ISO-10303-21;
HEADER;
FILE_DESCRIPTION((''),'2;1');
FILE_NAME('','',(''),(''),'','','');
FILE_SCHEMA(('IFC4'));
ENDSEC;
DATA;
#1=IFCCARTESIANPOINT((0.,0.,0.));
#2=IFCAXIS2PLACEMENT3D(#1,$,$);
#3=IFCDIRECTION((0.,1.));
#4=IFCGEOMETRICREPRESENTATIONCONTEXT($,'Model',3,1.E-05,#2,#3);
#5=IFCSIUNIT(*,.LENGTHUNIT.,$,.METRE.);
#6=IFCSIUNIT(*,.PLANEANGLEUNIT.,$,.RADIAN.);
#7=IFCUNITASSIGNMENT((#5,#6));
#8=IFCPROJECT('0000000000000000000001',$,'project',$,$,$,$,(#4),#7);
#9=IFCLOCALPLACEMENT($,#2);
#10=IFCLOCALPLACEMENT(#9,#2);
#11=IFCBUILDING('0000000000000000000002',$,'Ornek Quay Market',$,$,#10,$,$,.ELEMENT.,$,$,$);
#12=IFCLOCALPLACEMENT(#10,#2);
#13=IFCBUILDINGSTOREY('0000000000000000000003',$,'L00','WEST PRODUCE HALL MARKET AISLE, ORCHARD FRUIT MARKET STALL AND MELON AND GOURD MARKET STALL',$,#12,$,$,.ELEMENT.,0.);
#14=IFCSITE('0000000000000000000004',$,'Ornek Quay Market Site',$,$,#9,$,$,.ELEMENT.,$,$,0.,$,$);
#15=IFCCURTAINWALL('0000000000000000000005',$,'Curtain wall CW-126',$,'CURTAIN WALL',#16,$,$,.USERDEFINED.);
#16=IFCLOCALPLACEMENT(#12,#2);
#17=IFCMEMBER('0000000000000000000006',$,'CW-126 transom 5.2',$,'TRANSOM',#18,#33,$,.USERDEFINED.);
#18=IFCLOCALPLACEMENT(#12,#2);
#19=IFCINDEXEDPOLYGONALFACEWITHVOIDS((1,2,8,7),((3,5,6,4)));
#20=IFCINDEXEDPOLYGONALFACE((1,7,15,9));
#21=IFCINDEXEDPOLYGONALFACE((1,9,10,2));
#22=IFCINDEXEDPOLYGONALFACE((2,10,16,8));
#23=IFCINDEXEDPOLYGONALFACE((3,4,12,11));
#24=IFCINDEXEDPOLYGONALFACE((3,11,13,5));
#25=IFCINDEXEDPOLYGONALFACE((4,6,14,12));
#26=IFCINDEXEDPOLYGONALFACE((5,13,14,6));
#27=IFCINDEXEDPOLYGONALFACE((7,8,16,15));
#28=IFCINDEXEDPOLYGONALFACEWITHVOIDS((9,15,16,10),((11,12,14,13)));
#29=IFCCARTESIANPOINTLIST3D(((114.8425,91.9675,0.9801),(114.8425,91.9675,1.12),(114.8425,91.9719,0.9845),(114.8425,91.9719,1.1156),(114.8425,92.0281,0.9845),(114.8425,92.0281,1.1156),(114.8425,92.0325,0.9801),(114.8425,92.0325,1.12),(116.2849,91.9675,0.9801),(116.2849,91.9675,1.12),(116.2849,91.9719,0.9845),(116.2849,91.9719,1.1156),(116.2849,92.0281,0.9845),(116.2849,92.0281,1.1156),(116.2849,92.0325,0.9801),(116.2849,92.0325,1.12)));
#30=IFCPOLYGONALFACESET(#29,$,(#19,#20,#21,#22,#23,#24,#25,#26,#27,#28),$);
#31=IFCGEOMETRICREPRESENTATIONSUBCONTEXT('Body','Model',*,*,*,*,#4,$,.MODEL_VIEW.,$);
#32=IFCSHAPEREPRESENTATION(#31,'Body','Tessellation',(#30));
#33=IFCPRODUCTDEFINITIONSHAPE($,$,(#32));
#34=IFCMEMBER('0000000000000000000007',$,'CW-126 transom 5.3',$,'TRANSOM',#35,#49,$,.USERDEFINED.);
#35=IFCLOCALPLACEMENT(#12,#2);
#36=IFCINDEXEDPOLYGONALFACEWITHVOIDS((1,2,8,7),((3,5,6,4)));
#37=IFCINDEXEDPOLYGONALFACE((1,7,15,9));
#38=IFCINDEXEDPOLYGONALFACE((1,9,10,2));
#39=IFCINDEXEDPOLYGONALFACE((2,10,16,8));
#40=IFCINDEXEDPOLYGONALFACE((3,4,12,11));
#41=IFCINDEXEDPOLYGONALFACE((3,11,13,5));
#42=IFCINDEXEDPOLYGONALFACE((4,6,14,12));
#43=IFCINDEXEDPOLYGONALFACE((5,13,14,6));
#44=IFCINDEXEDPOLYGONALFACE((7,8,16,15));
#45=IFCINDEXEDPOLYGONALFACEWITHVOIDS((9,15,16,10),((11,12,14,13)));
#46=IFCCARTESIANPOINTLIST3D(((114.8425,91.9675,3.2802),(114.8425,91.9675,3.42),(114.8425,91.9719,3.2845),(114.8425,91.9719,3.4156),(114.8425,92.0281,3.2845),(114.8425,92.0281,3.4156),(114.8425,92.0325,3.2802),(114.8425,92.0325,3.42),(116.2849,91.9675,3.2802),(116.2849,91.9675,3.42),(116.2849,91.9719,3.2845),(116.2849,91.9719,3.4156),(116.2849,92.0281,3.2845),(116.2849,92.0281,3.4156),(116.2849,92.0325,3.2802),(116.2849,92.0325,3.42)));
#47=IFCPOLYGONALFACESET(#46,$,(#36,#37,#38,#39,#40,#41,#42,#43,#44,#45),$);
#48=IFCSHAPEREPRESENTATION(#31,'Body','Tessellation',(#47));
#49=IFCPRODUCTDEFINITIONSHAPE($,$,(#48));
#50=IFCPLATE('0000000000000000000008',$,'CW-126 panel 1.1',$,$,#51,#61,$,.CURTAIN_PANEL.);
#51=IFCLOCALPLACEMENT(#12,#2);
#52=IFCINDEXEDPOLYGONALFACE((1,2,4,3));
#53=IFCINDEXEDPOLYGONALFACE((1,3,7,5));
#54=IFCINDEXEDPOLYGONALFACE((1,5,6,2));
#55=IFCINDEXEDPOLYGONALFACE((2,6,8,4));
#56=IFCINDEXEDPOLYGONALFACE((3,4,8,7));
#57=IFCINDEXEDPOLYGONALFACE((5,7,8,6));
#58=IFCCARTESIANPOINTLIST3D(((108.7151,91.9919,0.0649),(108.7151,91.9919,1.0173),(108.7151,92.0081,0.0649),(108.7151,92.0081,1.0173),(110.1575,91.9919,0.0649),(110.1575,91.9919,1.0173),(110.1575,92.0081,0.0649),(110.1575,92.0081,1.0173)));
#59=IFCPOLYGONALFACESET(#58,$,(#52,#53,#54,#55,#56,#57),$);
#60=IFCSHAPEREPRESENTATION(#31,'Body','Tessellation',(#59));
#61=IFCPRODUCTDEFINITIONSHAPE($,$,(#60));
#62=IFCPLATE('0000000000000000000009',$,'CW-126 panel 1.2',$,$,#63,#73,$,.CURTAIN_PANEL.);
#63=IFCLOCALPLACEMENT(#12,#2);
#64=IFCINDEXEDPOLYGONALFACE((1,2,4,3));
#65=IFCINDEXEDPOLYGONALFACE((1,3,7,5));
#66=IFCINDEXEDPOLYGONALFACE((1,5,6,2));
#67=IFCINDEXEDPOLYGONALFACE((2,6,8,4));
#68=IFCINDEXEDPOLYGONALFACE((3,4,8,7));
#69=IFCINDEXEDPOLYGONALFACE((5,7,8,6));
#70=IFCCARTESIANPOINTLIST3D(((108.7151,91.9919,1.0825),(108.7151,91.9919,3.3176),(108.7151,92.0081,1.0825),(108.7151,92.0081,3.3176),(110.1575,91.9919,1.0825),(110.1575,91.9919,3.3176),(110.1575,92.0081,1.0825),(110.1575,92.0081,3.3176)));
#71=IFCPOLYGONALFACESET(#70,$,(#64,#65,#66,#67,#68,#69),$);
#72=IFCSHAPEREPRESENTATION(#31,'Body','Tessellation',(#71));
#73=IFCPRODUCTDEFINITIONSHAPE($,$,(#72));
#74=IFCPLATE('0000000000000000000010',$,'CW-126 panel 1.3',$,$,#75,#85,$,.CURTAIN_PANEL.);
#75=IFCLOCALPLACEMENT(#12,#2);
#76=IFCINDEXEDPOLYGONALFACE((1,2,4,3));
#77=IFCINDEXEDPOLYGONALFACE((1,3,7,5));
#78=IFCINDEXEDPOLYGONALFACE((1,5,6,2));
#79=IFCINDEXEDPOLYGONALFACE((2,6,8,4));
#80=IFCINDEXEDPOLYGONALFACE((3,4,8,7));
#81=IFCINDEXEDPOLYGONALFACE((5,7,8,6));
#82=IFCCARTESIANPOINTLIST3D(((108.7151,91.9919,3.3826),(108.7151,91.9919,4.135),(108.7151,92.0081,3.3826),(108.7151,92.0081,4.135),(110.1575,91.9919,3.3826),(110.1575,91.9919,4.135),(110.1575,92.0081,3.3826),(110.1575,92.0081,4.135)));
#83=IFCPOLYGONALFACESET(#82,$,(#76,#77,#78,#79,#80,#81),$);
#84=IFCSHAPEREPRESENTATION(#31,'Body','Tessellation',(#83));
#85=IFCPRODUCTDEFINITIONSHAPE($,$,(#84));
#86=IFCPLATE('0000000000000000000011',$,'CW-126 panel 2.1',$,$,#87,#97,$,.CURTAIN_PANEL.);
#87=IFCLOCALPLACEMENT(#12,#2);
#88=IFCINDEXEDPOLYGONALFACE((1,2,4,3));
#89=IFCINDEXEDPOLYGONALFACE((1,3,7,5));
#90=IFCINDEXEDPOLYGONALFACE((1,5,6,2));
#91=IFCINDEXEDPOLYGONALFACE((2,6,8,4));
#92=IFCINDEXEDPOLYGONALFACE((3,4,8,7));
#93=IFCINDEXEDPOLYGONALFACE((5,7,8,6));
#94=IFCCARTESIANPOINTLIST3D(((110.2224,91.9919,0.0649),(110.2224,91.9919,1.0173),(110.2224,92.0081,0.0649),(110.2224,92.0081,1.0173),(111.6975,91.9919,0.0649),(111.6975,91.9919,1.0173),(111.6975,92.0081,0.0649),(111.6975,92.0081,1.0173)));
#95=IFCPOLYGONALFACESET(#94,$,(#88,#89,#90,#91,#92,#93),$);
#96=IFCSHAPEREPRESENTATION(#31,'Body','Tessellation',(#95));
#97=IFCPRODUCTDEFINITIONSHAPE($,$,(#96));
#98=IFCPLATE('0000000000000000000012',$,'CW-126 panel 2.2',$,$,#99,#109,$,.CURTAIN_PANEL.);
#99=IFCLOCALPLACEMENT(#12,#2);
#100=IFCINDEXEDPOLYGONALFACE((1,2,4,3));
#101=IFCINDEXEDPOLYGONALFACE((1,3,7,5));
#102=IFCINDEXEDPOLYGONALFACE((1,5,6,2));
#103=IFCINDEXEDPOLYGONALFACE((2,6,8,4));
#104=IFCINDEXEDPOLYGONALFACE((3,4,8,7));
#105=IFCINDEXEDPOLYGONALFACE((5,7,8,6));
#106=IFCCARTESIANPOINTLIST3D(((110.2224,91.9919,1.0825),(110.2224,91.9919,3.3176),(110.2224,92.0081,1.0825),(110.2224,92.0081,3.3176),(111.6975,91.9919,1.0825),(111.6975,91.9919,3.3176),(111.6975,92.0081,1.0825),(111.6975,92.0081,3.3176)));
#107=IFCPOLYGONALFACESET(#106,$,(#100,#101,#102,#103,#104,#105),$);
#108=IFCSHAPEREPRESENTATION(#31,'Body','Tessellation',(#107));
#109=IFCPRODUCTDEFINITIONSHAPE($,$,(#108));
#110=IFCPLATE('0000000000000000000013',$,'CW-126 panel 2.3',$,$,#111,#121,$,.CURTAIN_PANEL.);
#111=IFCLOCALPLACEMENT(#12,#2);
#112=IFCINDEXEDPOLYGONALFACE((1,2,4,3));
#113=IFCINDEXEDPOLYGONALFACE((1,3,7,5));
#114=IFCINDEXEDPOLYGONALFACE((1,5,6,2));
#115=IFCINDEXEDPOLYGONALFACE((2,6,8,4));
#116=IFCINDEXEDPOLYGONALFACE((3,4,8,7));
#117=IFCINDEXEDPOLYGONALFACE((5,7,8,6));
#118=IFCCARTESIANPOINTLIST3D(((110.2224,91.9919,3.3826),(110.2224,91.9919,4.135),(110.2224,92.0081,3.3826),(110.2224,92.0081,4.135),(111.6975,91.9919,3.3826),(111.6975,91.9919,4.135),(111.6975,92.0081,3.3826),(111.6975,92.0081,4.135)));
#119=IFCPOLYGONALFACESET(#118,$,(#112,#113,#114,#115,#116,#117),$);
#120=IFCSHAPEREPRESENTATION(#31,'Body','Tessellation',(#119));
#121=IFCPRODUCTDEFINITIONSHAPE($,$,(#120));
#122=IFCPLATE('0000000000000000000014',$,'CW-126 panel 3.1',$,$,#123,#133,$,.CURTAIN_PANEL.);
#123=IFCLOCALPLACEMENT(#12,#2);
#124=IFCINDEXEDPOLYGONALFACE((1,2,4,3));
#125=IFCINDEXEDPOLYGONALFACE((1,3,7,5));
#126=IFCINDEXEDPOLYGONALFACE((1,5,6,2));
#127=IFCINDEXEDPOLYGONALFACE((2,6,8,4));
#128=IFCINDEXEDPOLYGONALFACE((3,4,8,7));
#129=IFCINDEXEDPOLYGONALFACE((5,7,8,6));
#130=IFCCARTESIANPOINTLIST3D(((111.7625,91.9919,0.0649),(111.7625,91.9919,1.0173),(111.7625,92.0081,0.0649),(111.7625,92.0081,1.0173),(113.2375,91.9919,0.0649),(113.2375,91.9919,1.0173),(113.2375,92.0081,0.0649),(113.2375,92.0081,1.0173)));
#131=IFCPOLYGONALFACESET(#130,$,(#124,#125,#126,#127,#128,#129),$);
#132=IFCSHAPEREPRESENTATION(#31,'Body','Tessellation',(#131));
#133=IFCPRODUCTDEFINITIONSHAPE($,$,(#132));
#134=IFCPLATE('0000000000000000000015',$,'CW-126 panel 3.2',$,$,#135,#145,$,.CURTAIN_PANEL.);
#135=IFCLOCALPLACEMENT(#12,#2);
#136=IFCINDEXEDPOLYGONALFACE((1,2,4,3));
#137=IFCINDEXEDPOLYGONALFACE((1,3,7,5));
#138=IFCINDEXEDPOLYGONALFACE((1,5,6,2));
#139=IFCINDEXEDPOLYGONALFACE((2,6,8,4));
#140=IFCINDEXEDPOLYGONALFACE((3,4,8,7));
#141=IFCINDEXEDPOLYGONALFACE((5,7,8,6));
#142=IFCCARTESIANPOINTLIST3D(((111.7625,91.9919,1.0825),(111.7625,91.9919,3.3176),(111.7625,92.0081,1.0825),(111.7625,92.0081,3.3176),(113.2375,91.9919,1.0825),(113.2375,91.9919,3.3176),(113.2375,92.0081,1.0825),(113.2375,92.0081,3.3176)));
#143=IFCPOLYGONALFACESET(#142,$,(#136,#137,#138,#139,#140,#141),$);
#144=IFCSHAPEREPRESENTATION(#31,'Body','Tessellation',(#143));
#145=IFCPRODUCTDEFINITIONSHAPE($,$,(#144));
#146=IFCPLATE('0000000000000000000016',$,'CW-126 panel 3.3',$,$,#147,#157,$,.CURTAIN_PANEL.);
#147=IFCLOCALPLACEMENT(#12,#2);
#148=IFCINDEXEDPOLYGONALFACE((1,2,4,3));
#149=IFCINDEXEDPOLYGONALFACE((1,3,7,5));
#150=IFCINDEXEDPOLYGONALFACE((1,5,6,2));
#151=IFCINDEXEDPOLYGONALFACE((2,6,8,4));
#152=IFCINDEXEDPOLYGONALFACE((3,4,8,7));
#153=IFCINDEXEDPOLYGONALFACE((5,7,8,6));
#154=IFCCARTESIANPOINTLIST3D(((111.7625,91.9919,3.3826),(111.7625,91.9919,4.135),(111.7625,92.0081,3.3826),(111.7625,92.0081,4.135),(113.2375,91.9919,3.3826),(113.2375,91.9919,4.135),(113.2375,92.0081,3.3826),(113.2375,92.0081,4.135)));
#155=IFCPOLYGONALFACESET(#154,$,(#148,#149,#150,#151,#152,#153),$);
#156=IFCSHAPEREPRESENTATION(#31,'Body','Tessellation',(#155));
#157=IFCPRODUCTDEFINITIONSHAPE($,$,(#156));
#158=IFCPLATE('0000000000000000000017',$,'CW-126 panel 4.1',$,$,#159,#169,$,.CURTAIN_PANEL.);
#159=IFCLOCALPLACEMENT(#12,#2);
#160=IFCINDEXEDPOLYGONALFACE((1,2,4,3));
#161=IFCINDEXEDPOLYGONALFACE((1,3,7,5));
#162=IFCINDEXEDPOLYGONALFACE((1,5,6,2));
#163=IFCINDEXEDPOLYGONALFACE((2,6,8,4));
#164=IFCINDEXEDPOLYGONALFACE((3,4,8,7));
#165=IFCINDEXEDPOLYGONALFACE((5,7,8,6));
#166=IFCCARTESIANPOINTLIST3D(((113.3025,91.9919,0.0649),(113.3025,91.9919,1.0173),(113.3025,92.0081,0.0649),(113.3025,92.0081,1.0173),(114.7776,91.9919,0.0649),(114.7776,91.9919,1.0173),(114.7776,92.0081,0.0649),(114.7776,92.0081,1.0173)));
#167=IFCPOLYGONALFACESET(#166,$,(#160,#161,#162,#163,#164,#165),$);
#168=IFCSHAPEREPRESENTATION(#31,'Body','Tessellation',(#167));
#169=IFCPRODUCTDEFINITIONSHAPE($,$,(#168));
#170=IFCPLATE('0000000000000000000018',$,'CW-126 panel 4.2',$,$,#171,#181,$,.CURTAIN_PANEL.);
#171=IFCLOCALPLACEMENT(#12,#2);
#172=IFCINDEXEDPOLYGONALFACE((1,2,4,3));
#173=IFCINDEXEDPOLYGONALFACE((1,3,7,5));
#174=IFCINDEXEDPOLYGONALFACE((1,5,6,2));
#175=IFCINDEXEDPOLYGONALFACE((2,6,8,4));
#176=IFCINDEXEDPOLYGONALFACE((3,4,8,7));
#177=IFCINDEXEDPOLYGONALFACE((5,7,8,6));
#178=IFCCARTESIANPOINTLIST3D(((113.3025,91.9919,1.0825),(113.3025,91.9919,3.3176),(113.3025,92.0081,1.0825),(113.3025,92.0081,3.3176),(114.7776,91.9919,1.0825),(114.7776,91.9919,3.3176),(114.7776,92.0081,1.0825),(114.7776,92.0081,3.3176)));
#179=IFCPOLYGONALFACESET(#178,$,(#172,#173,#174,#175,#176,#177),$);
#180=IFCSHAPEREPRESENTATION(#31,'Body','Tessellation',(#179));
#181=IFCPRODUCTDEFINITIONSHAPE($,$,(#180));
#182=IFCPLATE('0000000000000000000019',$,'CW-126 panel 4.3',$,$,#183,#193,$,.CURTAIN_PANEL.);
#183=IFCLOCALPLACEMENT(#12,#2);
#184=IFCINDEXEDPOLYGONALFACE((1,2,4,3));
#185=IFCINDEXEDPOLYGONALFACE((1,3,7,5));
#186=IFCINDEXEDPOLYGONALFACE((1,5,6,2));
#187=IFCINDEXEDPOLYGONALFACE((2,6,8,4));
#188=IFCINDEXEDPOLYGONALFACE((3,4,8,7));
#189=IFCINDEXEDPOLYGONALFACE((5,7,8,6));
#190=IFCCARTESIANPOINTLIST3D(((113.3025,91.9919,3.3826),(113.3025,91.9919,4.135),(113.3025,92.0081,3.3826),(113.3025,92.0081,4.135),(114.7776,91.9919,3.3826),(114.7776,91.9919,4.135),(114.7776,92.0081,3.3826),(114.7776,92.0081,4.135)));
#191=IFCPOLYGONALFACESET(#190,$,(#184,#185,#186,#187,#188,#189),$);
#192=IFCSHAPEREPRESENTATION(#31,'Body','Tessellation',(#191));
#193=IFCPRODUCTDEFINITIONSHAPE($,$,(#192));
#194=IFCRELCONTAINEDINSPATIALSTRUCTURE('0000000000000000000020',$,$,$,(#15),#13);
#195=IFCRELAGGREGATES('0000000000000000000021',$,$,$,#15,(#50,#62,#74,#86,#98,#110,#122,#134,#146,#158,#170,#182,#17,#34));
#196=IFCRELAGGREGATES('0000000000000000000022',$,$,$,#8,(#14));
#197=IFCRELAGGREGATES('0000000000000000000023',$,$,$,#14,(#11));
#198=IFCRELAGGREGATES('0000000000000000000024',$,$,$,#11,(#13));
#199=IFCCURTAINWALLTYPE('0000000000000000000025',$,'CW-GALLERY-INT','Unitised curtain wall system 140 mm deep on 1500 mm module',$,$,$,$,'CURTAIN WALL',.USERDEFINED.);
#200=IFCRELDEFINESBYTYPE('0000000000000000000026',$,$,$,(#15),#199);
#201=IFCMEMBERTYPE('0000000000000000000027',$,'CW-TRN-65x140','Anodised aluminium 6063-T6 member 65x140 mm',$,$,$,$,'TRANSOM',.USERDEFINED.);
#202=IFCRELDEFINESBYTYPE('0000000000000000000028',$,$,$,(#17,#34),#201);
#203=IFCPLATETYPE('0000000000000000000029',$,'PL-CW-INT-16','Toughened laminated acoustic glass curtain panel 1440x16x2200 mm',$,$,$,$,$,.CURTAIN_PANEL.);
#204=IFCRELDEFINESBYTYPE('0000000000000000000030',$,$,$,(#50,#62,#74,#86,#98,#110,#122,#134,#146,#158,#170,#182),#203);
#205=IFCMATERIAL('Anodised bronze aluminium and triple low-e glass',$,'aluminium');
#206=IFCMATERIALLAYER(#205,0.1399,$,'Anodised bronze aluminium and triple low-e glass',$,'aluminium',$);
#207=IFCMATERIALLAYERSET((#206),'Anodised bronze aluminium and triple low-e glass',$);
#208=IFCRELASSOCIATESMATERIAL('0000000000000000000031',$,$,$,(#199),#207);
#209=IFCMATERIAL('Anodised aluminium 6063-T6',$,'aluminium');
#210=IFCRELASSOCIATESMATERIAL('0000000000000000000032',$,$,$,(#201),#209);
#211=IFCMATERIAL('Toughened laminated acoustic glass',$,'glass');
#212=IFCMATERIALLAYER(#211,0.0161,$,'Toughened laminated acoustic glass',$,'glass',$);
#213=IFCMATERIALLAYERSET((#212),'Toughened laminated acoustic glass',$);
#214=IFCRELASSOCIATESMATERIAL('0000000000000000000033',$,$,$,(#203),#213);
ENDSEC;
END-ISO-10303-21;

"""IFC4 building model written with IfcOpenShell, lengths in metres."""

from ifc_helpers import new_model, si_unit, direction, frame, origin, origin_2d, place, context, subcontext, project, spatial, rectangle, hollow_rectangle, extrude, material, layer, layer_set, material_profile, profile_set, type_object, element, aggregate, save


model = new_model("IFC4")

# Units and contexts
model_context = context("Model", 3, precision=1e-05, world=origin(), true_north=direction((0.0, 1.0)))
body_context = subcontext(model_context, "Body", "Model", "MODEL_VIEW")
ifc_project = project(units=[si_unit("LENGTHUNIT", "METRE"), si_unit("PLANEANGLEUNIT", "RADIAN")], contexts=[model_context])

# Site, building, storey
site_placement = place(None, origin())
site = spatial("IfcSite", under=ifc_project, at=site_placement, Name="Ornek Quay Market Site", CompositionType="ELEMENT", RefElevation=0.0)
building_placement = place(site_placement, origin())
building = spatial("IfcBuilding", under=site, at=building_placement, Name="Ornek Quay Market", CompositionType="ELEMENT")
storey_placement = place(building_placement, origin())
storey = spatial("IfcBuildingStorey", under=building, at=storey_placement, Name="L00", Description="WEST PRODUCE HALL MARKET AISLE, ORCHARD FRUIT MARKET STALL AND MELON AND GOURD MARKET STALL", CompositionType="ELEMENT", Elevation=0.0)

# Curtain wall, members, plates
ifc_material_1 = material(Name="Anodised bronze aluminium and triple low-e glass", Category="aluminium")
ifc_layer_1 = layer(ifc_material_1, 0.1399, Name="Anodised bronze aluminium and triple low-e glass", Category="aluminium")
ifc_layer_set_1 = layer_set([ifc_layer_1], Name="Anodised bronze aluminium and triple low-e glass")
curtain_wall_type = type_object("IfcCurtainWallType", Name="CW-GALLERY-INT", Description="Unitised curtain wall system 140 mm deep on 1500 mm module", ElementType="CURTAIN WALL", PredefinedType="USERDEFINED", material=ifc_layer_set_1)
curtain_wall_placement = place(storey_placement, origin())
curtain_wall = element("IfcCurtainWall", 1, at=curtain_wall_placement, inside=storey, type_object=curtain_wall_type, Name="Curtain wall CW-126", ObjectType="CURTAIN WALL", PredefinedType="USERDEFINED")
ifc_material_2 = material(Name="Anodised aluminium 6063-T6", Category="aluminium")
ifc_material_profile_1 = material_profile(ifc_material_2, hollow_rectangle(XDim=0.0649, YDim=0.1399, WallThickness=0.0044, at=origin_2d()), Name="CW-TRN-65x140", Category="aluminium")
ifc_profile_set_1 = profile_set([ifc_material_profile_1], Name="Anodised aluminium 6063-T6")
member_type_1 = type_object("IfcMemberType", Name="CW-TRN-65x140", Description="Anodised aluminium 6063-T6 member 65x140 mm", ElementType="TRANSOM", PredefinedType="USERDEFINED", material=ifc_profile_set_1)
member_1_placement = place(storey_placement, frame((114.8425, 92.0, 1.05), z_axis=(1.0, 0.0, 0.0), x_axis=(0.0, 1.0, 0.0)))
member_1 = element("IfcMember", 2, at=member_1_placement, type_object=member_type_1, Name="CW-126 transom 5.2", ObjectType="TRANSOM", PredefinedType="USERDEFINED", context=body_context, shape_type="SweptSolid", body=[
    extrude(hollow_rectangle(XDim=0.0649, YDim=0.1399, WallThickness=0.0044, at=origin_2d()), origin(), (0.0, 0.0, 1.0), 1.4424),
])
member_2_placement = place(storey_placement, frame((114.8425, 92.0, 3.3501), z_axis=(1.0, 0.0, 0.0), x_axis=(0.0, 1.0, 0.0)))
member_2 = element("IfcMember", 3, at=member_2_placement, type_object=member_type_1, Name="CW-126 transom 5.3", ObjectType="TRANSOM", PredefinedType="USERDEFINED", context=body_context, shape_type="SweptSolid", body=[
    extrude(hollow_rectangle(XDim=0.0649, YDim=0.1399, WallThickness=0.0044, at=origin_2d()), origin(), (0.0, 0.0, 1.0), 1.4424),
])
ifc_material_3 = material(Name="Toughened laminated acoustic glass", Category="glass")
ifc_layer_2 = layer(ifc_material_3, 0.0161, Name="Toughened laminated acoustic glass", Category="glass")
ifc_layer_set_2 = layer_set([ifc_layer_2], Name="Toughened laminated acoustic glass")
plate_type = type_object("IfcPlateType", Name="PL-CW-INT-16", Description="Toughened laminated acoustic glass curtain panel 1440x16x2200 mm", PredefinedType="CURTAIN_PANEL", material=ifc_layer_set_2)
plate_1_placement = place(storey_placement, frame((109.4363, 92.0, 0.0649), z_axis=(0.0, 0.0, 1.0), x_axis=(1.0, 0.0, 0.0)))
plate_1 = element("IfcPlate", 4, at=plate_1_placement, type_object=plate_type, Name="CW-126 panel 1.1", PredefinedType="CURTAIN_PANEL", context=body_context, shape_type="SweptSolid", body=[
    extrude(rectangle(XDim=1.4424, YDim=0.0161, at=origin_2d()), origin(), (0.0, 0.0, 1.0), 0.9524),
])
plate_2_placement = place(storey_placement, frame((109.4363, 92.0, 1.0825), z_axis=(0.0, 0.0, 1.0), x_axis=(1.0, 0.0, 0.0)))
plate_2 = element("IfcPlate", 5, at=plate_2_placement, type_object=plate_type, Name="CW-126 panel 1.2", PredefinedType="CURTAIN_PANEL", context=body_context, shape_type="SweptSolid", body=[
    extrude(rectangle(XDim=1.4424, YDim=0.0161, at=origin_2d()), origin(), (0.0, 0.0, 1.0), 2.2351),
])
plate_3_placement = place(storey_placement, frame((109.4363, 92.0, 3.3826), z_axis=(0.0, 0.0, 1.0), x_axis=(1.0, 0.0, 0.0)))
plate_3 = element("IfcPlate", 6, at=plate_3_placement, type_object=plate_type, Name="CW-126 panel 1.3", PredefinedType="CURTAIN_PANEL", context=body_context, shape_type="SweptSolid", body=[
    extrude(rectangle(XDim=1.4424, YDim=0.0161, at=origin_2d()), origin(), (0.0, 0.0, 1.0), 0.7524),
])
plate_4_placement = place(storey_placement, frame((110.96, 92.0, 0.0649), z_axis=(0.0, 0.0, 1.0), x_axis=(1.0, 0.0, 0.0)))
plate_4 = element("IfcPlate", 7, at=plate_4_placement, type_object=plate_type, Name="CW-126 panel 2.1", PredefinedType="CURTAIN_PANEL", context=body_context, shape_type="SweptSolid", body=[
    extrude(rectangle(XDim=1.4751, YDim=0.0161, at=origin_2d()), origin(), (0.0, 0.0, 1.0), 0.9524),
])
plate_5_placement = place(storey_placement, frame((110.96, 92.0, 1.0825), z_axis=(0.0, 0.0, 1.0), x_axis=(1.0, 0.0, 0.0)))
plate_5 = element("IfcPlate", 8, at=plate_5_placement, type_object=plate_type, Name="CW-126 panel 2.2", PredefinedType="CURTAIN_PANEL", context=body_context, shape_type="SweptSolid", body=[
    extrude(rectangle(XDim=1.4751, YDim=0.0161, at=origin_2d()), origin(), (0.0, 0.0, 1.0), 2.2351),
])
plate_6_placement = place(storey_placement, frame((110.96, 92.0, 3.3826), z_axis=(0.0, 0.0, 1.0), x_axis=(1.0, 0.0, 0.0)))
plate_6 = element("IfcPlate", 9, at=plate_6_placement, type_object=plate_type, Name="CW-126 panel 2.3", PredefinedType="CURTAIN_PANEL", context=body_context, shape_type="SweptSolid", body=[
    extrude(rectangle(XDim=1.4751, YDim=0.0161, at=origin_2d()), origin(), (0.0, 0.0, 1.0), 0.7524),
])
plate_7_placement = place(storey_placement, frame((112.5, 92.0, 0.0649), z_axis=(0.0, 0.0, 1.0), x_axis=(1.0, 0.0, 0.0)))
plate_7 = element("IfcPlate", 10, at=plate_7_placement, type_object=plate_type, Name="CW-126 panel 3.1", PredefinedType="CURTAIN_PANEL", context=body_context, shape_type="SweptSolid", body=[
    extrude(rectangle(XDim=1.4751, YDim=0.0161, at=origin_2d()), origin(), (0.0, 0.0, 1.0), 0.9524),
])
plate_8_placement = place(storey_placement, frame((112.5, 92.0, 1.0825), z_axis=(0.0, 0.0, 1.0), x_axis=(1.0, 0.0, 0.0)))
plate_8 = element("IfcPlate", 11, at=plate_8_placement, type_object=plate_type, Name="CW-126 panel 3.2", PredefinedType="CURTAIN_PANEL", context=body_context, shape_type="SweptSolid", body=[
    extrude(rectangle(XDim=1.4751, YDim=0.0161, at=origin_2d()), origin(), (0.0, 0.0, 1.0), 2.2351),
])
plate_9_placement = place(storey_placement, frame((112.5, 92.0, 3.3826), z_axis=(0.0, 0.0, 1.0), x_axis=(1.0, 0.0, 0.0)))
plate_9 = element("IfcPlate", 12, at=plate_9_placement, type_object=plate_type, Name="CW-126 panel 3.3", PredefinedType="CURTAIN_PANEL", context=body_context, shape_type="SweptSolid", body=[
    extrude(rectangle(XDim=1.4751, YDim=0.0161, at=origin_2d()), origin(), (0.0, 0.0, 1.0), 0.7524),
])
plate_10_placement = place(storey_placement, frame((114.04, 92.0, 0.0649), z_axis=(0.0, 0.0, 1.0), x_axis=(1.0, 0.0, 0.0)))
plate_10 = element("IfcPlate", 13, at=plate_10_placement, type_object=plate_type, Name="CW-126 panel 4.1", PredefinedType="CURTAIN_PANEL", context=body_context, shape_type="SweptSolid", body=[
    extrude(rectangle(XDim=1.4751, YDim=0.0161, at=origin_2d()), origin(), (0.0, 0.0, 1.0), 0.9524),
])
plate_11_placement = place(storey_placement, frame((114.04, 92.0, 1.0825), z_axis=(0.0, 0.0, 1.0), x_axis=(1.0, 0.0, 0.0)))
plate_11 = element("IfcPlate", 14, at=plate_11_placement, type_object=plate_type, Name="CW-126 panel 4.2", PredefinedType="CURTAIN_PANEL", context=body_context, shape_type="SweptSolid", body=[
    extrude(rectangle(XDim=1.4751, YDim=0.0161, at=origin_2d()), origin(), (0.0, 0.0, 1.0), 2.2351),
])
plate_12_placement = place(storey_placement, frame((114.04, 92.0, 3.3826), z_axis=(0.0, 0.0, 1.0), x_axis=(1.0, 0.0, 0.0)))
plate_12 = element("IfcPlate", 15, at=plate_12_placement, type_object=plate_type, Name="CW-126 panel 4.3", PredefinedType="CURTAIN_PANEL", context=body_context, shape_type="SweptSolid", body=[
    extrude(rectangle(XDim=1.4751, YDim=0.0161, at=origin_2d()), origin(), (0.0, 0.0, 1.0), 0.7524),
])
aggregate(curtain_wall, [plate_1, plate_2, plate_3, plate_4, plate_5, plate_6, plate_7, plate_8, plate_9, plate_10, plate_11, plate_12, member_1, member_2])

save(model, "model.ifc")
